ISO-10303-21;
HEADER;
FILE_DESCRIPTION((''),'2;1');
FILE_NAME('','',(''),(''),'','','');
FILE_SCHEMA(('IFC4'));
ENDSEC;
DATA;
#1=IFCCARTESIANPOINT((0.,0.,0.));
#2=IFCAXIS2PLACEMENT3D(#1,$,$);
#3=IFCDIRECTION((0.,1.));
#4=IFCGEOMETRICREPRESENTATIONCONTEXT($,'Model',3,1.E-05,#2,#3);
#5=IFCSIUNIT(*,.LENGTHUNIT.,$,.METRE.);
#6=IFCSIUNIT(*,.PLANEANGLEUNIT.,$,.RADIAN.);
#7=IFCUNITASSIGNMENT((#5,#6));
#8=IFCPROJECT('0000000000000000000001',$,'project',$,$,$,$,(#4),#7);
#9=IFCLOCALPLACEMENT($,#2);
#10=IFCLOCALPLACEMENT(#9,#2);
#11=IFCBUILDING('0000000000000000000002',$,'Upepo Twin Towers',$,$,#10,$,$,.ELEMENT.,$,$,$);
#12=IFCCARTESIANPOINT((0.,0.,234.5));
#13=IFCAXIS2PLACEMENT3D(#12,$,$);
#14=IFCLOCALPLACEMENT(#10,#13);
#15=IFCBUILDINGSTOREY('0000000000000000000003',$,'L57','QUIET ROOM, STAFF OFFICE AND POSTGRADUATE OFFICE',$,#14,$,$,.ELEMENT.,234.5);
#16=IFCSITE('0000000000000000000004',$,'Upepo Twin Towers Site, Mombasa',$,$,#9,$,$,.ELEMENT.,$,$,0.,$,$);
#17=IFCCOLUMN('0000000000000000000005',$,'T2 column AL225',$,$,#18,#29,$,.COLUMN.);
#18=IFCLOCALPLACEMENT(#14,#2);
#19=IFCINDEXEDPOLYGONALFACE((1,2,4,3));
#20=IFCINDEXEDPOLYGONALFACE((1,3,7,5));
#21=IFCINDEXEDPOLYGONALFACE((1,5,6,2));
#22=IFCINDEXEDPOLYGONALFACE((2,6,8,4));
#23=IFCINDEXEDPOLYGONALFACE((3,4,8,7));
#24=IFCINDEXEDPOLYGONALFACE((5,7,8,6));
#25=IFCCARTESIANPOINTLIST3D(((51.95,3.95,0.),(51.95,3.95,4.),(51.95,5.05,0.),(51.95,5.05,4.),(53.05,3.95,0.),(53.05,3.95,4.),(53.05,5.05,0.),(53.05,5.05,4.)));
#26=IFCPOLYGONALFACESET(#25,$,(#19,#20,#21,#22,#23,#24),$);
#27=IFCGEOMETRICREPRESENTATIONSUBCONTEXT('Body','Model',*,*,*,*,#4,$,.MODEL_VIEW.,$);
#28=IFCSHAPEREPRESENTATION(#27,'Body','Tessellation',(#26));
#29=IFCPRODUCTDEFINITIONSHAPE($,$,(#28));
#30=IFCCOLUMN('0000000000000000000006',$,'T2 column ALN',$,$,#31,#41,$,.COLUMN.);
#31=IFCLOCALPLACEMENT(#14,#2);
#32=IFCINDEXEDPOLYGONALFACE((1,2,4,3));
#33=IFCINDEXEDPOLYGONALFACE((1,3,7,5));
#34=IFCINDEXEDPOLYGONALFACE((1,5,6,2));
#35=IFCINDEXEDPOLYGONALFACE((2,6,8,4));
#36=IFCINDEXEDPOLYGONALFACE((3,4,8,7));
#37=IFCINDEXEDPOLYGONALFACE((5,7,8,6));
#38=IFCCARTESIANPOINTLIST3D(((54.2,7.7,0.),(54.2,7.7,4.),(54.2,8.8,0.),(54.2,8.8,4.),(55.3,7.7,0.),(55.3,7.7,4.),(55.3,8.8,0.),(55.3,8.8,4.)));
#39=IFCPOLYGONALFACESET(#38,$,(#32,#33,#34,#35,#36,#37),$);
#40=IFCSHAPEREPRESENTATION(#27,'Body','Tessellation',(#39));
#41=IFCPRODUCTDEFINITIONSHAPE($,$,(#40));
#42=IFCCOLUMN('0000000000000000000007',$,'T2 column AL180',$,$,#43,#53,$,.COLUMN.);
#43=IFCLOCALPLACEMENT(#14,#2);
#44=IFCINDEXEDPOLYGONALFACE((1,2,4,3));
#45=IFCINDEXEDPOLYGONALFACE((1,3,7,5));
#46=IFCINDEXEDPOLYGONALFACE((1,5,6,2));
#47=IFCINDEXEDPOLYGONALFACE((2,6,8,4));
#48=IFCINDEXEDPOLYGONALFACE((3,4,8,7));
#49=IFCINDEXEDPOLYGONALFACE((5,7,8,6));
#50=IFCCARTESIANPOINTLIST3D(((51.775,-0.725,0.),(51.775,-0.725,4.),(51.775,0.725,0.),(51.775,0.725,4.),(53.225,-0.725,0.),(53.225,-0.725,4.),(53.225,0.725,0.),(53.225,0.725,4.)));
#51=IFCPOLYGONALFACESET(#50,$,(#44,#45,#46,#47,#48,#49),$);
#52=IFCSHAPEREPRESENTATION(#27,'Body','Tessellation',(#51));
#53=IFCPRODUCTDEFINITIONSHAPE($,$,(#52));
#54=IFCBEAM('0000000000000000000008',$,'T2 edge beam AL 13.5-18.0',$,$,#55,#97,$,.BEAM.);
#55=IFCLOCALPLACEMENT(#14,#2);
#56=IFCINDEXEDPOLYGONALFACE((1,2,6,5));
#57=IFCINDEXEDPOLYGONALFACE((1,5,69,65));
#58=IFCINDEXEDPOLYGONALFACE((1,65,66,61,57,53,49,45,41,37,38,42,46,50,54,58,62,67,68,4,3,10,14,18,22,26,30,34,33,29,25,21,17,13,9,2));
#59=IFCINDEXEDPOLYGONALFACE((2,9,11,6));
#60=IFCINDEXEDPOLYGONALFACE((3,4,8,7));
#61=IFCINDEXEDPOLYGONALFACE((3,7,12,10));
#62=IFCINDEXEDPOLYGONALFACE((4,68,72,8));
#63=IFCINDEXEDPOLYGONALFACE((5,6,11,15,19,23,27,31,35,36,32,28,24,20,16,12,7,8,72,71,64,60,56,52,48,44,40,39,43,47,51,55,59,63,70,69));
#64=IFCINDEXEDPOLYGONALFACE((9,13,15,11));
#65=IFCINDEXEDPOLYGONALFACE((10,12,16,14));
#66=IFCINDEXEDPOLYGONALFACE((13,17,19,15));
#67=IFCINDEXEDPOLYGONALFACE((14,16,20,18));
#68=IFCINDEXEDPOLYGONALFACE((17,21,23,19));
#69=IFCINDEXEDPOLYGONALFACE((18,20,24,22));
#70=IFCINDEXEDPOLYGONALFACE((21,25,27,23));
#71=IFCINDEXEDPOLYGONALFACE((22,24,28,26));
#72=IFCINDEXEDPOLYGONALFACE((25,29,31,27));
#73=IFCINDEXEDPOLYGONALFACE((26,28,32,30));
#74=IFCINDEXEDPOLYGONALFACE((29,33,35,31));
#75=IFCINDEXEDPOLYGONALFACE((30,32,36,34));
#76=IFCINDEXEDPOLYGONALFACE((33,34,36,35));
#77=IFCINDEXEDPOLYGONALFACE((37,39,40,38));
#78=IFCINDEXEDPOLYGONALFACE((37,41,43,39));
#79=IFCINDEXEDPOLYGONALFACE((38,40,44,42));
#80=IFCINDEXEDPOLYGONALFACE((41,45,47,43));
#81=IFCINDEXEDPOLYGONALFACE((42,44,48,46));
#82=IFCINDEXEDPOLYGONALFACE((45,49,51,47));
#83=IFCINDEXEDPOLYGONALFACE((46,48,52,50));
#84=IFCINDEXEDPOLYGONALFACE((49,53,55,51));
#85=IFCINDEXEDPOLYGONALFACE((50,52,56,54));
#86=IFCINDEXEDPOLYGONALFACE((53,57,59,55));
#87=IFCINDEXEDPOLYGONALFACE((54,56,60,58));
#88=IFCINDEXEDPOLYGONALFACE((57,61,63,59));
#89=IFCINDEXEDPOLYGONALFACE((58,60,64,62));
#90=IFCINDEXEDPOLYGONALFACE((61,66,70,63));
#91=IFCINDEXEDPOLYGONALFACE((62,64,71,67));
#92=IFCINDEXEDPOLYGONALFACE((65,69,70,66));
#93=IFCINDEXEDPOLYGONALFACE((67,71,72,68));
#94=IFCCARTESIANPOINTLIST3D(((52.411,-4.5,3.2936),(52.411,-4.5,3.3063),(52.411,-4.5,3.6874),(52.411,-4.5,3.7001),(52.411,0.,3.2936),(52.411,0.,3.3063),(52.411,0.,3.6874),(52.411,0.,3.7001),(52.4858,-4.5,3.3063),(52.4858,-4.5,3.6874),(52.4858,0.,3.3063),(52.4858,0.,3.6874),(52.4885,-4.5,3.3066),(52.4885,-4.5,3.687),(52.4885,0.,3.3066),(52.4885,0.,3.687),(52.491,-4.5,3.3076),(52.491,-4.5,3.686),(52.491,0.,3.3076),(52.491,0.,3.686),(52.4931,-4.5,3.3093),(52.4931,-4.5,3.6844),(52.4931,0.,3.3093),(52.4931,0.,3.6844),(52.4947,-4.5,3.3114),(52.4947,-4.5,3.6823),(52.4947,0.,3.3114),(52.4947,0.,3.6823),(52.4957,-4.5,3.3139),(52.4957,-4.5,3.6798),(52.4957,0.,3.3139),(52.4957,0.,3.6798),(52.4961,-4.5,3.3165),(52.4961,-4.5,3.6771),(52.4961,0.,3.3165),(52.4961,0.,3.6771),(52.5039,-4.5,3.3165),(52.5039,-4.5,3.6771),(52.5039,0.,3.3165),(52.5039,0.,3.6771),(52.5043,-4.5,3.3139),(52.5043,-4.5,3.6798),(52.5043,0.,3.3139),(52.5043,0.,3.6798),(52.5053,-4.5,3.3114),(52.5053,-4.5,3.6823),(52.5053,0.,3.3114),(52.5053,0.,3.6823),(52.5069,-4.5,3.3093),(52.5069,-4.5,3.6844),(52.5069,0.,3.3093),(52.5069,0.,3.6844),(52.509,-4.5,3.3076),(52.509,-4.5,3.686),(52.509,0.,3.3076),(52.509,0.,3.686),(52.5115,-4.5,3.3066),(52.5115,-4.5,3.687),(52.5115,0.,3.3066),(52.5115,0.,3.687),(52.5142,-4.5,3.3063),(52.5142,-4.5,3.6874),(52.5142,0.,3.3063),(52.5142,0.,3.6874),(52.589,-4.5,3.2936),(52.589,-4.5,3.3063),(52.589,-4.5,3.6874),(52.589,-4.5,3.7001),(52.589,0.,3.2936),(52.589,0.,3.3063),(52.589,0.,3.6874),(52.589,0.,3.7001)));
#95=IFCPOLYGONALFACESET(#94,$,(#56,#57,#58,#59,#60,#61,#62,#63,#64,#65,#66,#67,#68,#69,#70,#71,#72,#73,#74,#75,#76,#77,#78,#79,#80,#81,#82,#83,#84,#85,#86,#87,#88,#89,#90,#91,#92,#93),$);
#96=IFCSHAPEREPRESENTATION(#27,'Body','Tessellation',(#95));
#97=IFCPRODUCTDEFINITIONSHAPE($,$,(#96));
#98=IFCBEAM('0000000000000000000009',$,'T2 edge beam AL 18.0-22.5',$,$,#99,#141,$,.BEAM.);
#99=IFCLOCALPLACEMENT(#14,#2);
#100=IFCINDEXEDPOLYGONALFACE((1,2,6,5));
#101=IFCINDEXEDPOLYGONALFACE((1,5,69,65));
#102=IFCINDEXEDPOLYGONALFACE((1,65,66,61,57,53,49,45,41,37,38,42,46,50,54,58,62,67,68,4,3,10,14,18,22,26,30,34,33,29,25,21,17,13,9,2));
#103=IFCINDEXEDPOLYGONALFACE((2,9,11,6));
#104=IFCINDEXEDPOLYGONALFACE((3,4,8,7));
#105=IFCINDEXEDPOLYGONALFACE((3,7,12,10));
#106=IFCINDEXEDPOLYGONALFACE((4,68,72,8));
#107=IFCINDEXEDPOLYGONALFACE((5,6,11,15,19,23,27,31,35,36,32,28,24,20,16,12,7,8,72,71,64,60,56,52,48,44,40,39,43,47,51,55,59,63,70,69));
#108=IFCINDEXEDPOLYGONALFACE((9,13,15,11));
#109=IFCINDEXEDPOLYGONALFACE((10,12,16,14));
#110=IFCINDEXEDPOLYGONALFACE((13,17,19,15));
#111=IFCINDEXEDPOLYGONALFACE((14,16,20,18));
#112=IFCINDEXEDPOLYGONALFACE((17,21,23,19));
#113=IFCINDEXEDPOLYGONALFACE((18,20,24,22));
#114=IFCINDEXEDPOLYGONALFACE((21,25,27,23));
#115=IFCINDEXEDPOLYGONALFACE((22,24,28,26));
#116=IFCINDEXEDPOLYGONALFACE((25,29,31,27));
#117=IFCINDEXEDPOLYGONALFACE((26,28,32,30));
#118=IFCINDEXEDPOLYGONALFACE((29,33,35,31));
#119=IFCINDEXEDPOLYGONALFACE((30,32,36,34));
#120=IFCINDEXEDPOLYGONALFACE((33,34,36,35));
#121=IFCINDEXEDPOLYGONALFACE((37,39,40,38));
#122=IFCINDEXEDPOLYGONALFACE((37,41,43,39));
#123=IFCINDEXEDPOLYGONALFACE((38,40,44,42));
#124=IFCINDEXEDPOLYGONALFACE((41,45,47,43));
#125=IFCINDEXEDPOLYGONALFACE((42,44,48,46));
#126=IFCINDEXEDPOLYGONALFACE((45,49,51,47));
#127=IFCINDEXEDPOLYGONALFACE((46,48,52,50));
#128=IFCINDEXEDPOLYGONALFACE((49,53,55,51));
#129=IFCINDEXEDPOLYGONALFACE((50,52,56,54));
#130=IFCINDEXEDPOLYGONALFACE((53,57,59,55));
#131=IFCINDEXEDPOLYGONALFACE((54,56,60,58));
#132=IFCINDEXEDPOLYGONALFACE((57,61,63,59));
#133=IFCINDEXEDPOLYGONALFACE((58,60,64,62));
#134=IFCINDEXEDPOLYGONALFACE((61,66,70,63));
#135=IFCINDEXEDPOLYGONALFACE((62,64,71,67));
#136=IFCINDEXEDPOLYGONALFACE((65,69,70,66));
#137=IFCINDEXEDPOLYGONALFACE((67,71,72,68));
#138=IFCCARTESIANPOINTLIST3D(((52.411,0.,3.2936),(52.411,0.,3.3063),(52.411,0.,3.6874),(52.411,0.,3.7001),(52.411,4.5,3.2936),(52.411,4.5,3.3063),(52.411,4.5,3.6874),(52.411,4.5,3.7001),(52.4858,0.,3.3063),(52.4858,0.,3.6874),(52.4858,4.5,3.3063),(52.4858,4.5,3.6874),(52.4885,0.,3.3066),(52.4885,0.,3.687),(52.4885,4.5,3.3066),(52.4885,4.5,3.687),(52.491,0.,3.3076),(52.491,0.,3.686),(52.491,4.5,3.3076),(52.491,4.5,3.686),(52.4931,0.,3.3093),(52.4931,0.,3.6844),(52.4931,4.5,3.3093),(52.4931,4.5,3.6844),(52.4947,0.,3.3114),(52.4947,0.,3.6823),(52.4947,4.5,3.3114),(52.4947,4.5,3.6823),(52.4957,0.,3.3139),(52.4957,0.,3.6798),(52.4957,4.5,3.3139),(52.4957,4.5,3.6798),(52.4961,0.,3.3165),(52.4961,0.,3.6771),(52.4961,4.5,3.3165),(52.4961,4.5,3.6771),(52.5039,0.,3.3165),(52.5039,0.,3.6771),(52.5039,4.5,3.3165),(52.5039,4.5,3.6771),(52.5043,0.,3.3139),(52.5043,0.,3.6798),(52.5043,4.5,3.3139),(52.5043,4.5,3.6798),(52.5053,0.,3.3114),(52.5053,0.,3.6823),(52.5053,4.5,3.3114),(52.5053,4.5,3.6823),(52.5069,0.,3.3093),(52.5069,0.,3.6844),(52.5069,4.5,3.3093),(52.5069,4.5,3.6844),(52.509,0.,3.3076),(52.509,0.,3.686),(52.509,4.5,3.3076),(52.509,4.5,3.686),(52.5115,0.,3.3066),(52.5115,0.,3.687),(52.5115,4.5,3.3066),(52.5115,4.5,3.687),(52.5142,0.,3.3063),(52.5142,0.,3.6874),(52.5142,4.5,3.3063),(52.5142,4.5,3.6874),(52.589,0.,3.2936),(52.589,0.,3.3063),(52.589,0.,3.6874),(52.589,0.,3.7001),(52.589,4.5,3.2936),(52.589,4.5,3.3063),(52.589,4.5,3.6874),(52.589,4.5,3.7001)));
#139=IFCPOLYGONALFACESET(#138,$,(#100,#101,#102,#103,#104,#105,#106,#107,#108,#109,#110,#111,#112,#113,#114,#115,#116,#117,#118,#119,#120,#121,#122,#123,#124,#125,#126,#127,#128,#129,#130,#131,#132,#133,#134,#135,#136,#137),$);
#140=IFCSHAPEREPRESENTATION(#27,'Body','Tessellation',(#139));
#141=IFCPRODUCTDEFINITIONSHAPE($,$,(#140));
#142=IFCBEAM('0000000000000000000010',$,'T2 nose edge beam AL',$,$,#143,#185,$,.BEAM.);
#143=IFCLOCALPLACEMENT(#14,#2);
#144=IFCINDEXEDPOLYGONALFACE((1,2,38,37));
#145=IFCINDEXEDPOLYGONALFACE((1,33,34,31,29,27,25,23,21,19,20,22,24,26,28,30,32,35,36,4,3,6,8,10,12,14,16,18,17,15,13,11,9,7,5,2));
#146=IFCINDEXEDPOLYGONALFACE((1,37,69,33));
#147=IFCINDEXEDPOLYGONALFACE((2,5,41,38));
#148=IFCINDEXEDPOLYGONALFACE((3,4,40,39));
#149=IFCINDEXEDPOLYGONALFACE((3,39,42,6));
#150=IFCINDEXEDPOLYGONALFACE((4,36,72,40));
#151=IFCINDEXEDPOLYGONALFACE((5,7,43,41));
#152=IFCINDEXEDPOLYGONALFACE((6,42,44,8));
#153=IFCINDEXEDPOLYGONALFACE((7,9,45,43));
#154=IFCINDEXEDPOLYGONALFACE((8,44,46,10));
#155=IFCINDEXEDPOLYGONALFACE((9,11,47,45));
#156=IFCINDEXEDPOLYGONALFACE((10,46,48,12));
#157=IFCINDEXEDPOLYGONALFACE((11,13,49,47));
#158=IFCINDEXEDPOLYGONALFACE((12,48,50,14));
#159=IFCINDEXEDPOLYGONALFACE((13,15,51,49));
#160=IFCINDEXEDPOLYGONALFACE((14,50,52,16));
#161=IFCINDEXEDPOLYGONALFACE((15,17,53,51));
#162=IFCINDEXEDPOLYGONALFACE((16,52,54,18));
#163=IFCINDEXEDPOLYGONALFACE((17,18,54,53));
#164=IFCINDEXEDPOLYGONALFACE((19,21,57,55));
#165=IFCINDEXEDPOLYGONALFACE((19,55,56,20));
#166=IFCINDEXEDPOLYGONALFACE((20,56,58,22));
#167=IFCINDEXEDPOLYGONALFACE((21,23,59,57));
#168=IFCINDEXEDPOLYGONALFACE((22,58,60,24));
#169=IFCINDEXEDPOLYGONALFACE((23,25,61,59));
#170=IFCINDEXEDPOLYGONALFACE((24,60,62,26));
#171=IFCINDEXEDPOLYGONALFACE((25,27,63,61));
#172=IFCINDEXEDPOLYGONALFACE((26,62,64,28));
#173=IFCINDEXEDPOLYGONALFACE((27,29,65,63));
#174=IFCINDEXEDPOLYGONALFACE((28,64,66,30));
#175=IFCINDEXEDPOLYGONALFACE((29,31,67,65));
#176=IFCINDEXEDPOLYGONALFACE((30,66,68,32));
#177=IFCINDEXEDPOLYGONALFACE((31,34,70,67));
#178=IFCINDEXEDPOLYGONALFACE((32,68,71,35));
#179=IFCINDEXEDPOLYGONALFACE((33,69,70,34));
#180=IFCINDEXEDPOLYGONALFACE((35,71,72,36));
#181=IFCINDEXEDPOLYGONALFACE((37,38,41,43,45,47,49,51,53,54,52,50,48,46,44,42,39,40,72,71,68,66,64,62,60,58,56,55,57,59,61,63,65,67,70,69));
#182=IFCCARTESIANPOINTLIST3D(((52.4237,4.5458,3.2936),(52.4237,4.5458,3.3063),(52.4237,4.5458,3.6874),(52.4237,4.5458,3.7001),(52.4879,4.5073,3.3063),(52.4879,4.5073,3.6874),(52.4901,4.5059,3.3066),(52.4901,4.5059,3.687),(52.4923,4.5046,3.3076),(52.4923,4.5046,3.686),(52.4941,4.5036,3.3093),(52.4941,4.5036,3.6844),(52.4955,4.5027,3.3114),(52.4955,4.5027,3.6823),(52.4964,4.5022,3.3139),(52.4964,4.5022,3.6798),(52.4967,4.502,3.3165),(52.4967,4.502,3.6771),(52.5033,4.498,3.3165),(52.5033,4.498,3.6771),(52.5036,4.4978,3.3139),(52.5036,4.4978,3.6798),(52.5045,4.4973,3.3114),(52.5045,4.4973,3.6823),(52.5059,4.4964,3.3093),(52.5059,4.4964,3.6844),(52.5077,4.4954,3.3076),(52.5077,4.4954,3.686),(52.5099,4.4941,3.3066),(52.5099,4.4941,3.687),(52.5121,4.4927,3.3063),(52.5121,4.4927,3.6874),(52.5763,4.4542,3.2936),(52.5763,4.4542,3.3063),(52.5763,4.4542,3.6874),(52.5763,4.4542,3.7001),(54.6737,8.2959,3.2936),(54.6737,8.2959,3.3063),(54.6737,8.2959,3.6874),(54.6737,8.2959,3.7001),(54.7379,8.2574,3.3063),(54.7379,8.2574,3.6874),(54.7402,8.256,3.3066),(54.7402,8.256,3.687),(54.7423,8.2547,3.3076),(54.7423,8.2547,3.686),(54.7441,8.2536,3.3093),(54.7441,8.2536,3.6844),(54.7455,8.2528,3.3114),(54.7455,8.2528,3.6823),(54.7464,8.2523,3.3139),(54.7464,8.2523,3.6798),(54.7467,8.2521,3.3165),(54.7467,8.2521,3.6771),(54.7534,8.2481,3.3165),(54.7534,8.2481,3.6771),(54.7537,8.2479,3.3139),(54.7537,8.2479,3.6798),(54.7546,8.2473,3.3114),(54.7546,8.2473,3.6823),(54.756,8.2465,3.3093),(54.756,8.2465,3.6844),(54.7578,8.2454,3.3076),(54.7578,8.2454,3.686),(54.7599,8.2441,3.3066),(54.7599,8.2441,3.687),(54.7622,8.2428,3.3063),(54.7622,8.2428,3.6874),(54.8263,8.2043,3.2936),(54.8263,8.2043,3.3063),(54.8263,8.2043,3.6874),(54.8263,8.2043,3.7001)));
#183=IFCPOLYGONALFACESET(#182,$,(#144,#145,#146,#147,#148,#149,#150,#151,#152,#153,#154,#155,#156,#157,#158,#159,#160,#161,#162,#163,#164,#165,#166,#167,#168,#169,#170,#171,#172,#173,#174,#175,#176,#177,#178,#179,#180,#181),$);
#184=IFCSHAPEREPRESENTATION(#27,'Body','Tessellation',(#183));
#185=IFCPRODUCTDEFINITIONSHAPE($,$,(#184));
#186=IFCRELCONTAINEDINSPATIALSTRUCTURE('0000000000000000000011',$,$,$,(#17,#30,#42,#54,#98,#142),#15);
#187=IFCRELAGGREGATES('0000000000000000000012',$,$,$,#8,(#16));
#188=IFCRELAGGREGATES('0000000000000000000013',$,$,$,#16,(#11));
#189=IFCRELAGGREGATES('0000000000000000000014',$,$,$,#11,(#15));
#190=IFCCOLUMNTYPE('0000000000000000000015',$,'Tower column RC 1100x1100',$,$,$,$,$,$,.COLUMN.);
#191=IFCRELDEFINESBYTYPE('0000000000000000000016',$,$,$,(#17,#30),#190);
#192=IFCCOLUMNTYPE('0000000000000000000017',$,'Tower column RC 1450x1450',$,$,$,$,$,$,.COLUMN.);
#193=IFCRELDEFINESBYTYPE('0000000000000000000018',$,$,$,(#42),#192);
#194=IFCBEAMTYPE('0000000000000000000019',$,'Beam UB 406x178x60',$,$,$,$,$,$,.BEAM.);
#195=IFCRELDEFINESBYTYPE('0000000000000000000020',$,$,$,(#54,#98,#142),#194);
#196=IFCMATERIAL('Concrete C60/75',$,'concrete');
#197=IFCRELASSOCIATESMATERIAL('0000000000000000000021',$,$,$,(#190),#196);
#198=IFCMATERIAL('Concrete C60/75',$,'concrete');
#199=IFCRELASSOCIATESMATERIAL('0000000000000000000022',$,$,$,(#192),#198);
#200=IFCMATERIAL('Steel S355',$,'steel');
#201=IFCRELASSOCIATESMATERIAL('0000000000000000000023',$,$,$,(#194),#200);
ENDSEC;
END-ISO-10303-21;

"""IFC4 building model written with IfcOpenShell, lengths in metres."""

from ifc_helpers import new_model, si_unit, direction, frame, origin, origin_2d, place, context, subcontext, project, spatial, rectangle, i_section, extrude, material, material_profile, profile_set, type_object, element, save


model = new_model("IFC4")

# Units and contexts
model_context = context("Model", 3, precision=1e-05, world=origin(), true_north=direction((0.0, 1.0)))
body_context = subcontext(model_context, "Body", "Model", "MODEL_VIEW")
ifc_project = project(units=[si_unit("LENGTHUNIT", "METRE"), si_unit("PLANEANGLEUNIT", "RADIAN")], contexts=[model_context])

# Site, building, storey
site_placement = place(None, origin())
site = spatial("IfcSite", under=ifc_project, at=site_placement, Name="Upepo Twin Towers Site, Mombasa", CompositionType="ELEMENT", RefElevation=0.0)
building_placement = place(site_placement, origin())
building = spatial("IfcBuilding", under=site, at=building_placement, Name="Upepo Twin Towers", CompositionType="ELEMENT")
storey_placement = place(building_placement, frame((0.0, 0.0, 234.5)))
storey = spatial("IfcBuildingStorey", under=building, at=storey_placement, Name="L57", Description="QUIET ROOM, STAFF OFFICE AND POSTGRADUATE OFFICE", CompositionType="ELEMENT", Elevation=234.5)

# Columns
ifc_material_1 = material(Name="Concrete C60/75", Category="concrete")
ifc_material_profile_1 = material_profile(ifc_material_1, rectangle(XDim=1.1001, YDim=1.1001, at=origin_2d()), Name="RC 1100x1100")
ifc_profile_set_1 = profile_set([ifc_material_profile_1], Name="Concrete C60/75")
column_type_1 = type_object("IfcColumnType", Name="Tower column RC 1100x1100", PredefinedType="COLUMN", material=ifc_profile_set_1)
for number, where, z_axis, x_axis, name in (
    (1, (52.5, 4.5, 0.0), (0.0, 0.0, 1.0), (1.0, 0.0, 0.0), "T2 column AL225"),
    (2, (54.75, 8.25, 0.0), (0.0, 0.0, 1.0), (1.0, 0.0, 0.0), "T2 column ALN"),
):
    element("IfcColumn", number, at=place(storey_placement, frame(where, z_axis=z_axis, x_axis=x_axis)), inside=storey, type_object=column_type_1, Name=name, PredefinedType="COLUMN", context=body_context, shape_type="SweptSolid", body=[
        extrude(rectangle(XDim=1.1001, YDim=1.1001, at=origin_2d()), origin(), (0.0, 0.0, 1.0), 4.0),
    ])
ifc_material_2 = material(Name="Concrete C60/75", Category="concrete")
ifc_material_profile_2 = material_profile(ifc_material_2, rectangle(XDim=1.45, YDim=1.45, at=origin_2d()), Name="RC 1450x1450")
ifc_profile_set_2 = profile_set([ifc_material_profile_2], Name="Concrete C60/75")
column_type_2 = type_object("IfcColumnType", Name="Tower column RC 1450x1450", PredefinedType="COLUMN", material=ifc_profile_set_2)
column_placement = place(storey_placement, frame((52.5, 0.0, 0.0), z_axis=(0.0, 0.0, 1.0), x_axis=(1.0, 0.0, 0.0)))
element("IfcColumn", 3, at=column_placement, inside=storey, type_object=column_type_2, Name="T2 column AL180", PredefinedType="COLUMN", context=body_context, shape_type="SweptSolid", body=[
    extrude(rectangle(XDim=1.45, YDim=1.45, at=origin_2d()), origin(), (0.0, 0.0, 1.0), 4.0),
])

# Beams
ifc_material_3 = material(Name="Steel S355", Category="steel")
ifc_material_profile_3 = material_profile(ifc_material_3, i_section(OverallWidth=0.178, OverallDepth=0.4065, WebThickness=0.0078, FlangeThickness=0.0127, FilletRadius=0.0103, at=origin_2d()), Name="UB 406x178x60")
ifc_profile_set_3 = profile_set([ifc_material_profile_3], Name="Steel S355")
beam_type_1 = type_object("IfcBeamType", Name="Beam UB 406x178x60", PredefinedType="BEAM", material=ifc_profile_set_3)
for number, where, z_axis, x_axis, name in (
    (4, (52.5, -4.5, 3.4968), (0.0, 1.0, 0.0), (-1.0, 0.0, 0.0), "T2 edge beam AL 13.5-18.0"),
    (5, (52.5, 0.0, 3.4968), (0.0, 1.0, 0.0), (-1.0, 0.0, 0.0), "T2 edge beam AL 18.0-22.5"),
):
    element("IfcBeam", number, at=place(storey_placement, frame(where, z_axis=z_axis, x_axis=x_axis)), inside=storey, type_object=beam_type_1, Name=name, PredefinedType="BEAM", context=body_context, shape_type="SweptSolid", body=[
        extrude(i_section(OverallWidth=0.178, OverallDepth=0.4065, WebThickness=0.0078, FlangeThickness=0.0127, FilletRadius=0.0103, at=origin_2d()), origin(), (0.0, 0.0, 1.0), 4.5),
    ])
beam_1_placement = place(storey_placement, frame((52.5, 4.5, 3.4968), z_axis=(0.514496, 0.857493, 0.0), x_axis=(-0.857493, 0.514496, 0.0)))
element("IfcBeam", 6, at=beam_1_placement, inside=storey, type_object=beam_type_1, Name="T2 nose edge beam AL", PredefinedType="BEAM", context=body_context, shape_type="SweptSolid", body=[
    extrude(i_section(OverallWidth=0.178, OverallDepth=0.4065, WebThickness=0.0078, FlangeThickness=0.0127, FilletRadius=0.0103, at=origin_2d()), origin(), (0.0, 0.0, 1.0), 4.3733),
])

save(model, "model.ifc")
